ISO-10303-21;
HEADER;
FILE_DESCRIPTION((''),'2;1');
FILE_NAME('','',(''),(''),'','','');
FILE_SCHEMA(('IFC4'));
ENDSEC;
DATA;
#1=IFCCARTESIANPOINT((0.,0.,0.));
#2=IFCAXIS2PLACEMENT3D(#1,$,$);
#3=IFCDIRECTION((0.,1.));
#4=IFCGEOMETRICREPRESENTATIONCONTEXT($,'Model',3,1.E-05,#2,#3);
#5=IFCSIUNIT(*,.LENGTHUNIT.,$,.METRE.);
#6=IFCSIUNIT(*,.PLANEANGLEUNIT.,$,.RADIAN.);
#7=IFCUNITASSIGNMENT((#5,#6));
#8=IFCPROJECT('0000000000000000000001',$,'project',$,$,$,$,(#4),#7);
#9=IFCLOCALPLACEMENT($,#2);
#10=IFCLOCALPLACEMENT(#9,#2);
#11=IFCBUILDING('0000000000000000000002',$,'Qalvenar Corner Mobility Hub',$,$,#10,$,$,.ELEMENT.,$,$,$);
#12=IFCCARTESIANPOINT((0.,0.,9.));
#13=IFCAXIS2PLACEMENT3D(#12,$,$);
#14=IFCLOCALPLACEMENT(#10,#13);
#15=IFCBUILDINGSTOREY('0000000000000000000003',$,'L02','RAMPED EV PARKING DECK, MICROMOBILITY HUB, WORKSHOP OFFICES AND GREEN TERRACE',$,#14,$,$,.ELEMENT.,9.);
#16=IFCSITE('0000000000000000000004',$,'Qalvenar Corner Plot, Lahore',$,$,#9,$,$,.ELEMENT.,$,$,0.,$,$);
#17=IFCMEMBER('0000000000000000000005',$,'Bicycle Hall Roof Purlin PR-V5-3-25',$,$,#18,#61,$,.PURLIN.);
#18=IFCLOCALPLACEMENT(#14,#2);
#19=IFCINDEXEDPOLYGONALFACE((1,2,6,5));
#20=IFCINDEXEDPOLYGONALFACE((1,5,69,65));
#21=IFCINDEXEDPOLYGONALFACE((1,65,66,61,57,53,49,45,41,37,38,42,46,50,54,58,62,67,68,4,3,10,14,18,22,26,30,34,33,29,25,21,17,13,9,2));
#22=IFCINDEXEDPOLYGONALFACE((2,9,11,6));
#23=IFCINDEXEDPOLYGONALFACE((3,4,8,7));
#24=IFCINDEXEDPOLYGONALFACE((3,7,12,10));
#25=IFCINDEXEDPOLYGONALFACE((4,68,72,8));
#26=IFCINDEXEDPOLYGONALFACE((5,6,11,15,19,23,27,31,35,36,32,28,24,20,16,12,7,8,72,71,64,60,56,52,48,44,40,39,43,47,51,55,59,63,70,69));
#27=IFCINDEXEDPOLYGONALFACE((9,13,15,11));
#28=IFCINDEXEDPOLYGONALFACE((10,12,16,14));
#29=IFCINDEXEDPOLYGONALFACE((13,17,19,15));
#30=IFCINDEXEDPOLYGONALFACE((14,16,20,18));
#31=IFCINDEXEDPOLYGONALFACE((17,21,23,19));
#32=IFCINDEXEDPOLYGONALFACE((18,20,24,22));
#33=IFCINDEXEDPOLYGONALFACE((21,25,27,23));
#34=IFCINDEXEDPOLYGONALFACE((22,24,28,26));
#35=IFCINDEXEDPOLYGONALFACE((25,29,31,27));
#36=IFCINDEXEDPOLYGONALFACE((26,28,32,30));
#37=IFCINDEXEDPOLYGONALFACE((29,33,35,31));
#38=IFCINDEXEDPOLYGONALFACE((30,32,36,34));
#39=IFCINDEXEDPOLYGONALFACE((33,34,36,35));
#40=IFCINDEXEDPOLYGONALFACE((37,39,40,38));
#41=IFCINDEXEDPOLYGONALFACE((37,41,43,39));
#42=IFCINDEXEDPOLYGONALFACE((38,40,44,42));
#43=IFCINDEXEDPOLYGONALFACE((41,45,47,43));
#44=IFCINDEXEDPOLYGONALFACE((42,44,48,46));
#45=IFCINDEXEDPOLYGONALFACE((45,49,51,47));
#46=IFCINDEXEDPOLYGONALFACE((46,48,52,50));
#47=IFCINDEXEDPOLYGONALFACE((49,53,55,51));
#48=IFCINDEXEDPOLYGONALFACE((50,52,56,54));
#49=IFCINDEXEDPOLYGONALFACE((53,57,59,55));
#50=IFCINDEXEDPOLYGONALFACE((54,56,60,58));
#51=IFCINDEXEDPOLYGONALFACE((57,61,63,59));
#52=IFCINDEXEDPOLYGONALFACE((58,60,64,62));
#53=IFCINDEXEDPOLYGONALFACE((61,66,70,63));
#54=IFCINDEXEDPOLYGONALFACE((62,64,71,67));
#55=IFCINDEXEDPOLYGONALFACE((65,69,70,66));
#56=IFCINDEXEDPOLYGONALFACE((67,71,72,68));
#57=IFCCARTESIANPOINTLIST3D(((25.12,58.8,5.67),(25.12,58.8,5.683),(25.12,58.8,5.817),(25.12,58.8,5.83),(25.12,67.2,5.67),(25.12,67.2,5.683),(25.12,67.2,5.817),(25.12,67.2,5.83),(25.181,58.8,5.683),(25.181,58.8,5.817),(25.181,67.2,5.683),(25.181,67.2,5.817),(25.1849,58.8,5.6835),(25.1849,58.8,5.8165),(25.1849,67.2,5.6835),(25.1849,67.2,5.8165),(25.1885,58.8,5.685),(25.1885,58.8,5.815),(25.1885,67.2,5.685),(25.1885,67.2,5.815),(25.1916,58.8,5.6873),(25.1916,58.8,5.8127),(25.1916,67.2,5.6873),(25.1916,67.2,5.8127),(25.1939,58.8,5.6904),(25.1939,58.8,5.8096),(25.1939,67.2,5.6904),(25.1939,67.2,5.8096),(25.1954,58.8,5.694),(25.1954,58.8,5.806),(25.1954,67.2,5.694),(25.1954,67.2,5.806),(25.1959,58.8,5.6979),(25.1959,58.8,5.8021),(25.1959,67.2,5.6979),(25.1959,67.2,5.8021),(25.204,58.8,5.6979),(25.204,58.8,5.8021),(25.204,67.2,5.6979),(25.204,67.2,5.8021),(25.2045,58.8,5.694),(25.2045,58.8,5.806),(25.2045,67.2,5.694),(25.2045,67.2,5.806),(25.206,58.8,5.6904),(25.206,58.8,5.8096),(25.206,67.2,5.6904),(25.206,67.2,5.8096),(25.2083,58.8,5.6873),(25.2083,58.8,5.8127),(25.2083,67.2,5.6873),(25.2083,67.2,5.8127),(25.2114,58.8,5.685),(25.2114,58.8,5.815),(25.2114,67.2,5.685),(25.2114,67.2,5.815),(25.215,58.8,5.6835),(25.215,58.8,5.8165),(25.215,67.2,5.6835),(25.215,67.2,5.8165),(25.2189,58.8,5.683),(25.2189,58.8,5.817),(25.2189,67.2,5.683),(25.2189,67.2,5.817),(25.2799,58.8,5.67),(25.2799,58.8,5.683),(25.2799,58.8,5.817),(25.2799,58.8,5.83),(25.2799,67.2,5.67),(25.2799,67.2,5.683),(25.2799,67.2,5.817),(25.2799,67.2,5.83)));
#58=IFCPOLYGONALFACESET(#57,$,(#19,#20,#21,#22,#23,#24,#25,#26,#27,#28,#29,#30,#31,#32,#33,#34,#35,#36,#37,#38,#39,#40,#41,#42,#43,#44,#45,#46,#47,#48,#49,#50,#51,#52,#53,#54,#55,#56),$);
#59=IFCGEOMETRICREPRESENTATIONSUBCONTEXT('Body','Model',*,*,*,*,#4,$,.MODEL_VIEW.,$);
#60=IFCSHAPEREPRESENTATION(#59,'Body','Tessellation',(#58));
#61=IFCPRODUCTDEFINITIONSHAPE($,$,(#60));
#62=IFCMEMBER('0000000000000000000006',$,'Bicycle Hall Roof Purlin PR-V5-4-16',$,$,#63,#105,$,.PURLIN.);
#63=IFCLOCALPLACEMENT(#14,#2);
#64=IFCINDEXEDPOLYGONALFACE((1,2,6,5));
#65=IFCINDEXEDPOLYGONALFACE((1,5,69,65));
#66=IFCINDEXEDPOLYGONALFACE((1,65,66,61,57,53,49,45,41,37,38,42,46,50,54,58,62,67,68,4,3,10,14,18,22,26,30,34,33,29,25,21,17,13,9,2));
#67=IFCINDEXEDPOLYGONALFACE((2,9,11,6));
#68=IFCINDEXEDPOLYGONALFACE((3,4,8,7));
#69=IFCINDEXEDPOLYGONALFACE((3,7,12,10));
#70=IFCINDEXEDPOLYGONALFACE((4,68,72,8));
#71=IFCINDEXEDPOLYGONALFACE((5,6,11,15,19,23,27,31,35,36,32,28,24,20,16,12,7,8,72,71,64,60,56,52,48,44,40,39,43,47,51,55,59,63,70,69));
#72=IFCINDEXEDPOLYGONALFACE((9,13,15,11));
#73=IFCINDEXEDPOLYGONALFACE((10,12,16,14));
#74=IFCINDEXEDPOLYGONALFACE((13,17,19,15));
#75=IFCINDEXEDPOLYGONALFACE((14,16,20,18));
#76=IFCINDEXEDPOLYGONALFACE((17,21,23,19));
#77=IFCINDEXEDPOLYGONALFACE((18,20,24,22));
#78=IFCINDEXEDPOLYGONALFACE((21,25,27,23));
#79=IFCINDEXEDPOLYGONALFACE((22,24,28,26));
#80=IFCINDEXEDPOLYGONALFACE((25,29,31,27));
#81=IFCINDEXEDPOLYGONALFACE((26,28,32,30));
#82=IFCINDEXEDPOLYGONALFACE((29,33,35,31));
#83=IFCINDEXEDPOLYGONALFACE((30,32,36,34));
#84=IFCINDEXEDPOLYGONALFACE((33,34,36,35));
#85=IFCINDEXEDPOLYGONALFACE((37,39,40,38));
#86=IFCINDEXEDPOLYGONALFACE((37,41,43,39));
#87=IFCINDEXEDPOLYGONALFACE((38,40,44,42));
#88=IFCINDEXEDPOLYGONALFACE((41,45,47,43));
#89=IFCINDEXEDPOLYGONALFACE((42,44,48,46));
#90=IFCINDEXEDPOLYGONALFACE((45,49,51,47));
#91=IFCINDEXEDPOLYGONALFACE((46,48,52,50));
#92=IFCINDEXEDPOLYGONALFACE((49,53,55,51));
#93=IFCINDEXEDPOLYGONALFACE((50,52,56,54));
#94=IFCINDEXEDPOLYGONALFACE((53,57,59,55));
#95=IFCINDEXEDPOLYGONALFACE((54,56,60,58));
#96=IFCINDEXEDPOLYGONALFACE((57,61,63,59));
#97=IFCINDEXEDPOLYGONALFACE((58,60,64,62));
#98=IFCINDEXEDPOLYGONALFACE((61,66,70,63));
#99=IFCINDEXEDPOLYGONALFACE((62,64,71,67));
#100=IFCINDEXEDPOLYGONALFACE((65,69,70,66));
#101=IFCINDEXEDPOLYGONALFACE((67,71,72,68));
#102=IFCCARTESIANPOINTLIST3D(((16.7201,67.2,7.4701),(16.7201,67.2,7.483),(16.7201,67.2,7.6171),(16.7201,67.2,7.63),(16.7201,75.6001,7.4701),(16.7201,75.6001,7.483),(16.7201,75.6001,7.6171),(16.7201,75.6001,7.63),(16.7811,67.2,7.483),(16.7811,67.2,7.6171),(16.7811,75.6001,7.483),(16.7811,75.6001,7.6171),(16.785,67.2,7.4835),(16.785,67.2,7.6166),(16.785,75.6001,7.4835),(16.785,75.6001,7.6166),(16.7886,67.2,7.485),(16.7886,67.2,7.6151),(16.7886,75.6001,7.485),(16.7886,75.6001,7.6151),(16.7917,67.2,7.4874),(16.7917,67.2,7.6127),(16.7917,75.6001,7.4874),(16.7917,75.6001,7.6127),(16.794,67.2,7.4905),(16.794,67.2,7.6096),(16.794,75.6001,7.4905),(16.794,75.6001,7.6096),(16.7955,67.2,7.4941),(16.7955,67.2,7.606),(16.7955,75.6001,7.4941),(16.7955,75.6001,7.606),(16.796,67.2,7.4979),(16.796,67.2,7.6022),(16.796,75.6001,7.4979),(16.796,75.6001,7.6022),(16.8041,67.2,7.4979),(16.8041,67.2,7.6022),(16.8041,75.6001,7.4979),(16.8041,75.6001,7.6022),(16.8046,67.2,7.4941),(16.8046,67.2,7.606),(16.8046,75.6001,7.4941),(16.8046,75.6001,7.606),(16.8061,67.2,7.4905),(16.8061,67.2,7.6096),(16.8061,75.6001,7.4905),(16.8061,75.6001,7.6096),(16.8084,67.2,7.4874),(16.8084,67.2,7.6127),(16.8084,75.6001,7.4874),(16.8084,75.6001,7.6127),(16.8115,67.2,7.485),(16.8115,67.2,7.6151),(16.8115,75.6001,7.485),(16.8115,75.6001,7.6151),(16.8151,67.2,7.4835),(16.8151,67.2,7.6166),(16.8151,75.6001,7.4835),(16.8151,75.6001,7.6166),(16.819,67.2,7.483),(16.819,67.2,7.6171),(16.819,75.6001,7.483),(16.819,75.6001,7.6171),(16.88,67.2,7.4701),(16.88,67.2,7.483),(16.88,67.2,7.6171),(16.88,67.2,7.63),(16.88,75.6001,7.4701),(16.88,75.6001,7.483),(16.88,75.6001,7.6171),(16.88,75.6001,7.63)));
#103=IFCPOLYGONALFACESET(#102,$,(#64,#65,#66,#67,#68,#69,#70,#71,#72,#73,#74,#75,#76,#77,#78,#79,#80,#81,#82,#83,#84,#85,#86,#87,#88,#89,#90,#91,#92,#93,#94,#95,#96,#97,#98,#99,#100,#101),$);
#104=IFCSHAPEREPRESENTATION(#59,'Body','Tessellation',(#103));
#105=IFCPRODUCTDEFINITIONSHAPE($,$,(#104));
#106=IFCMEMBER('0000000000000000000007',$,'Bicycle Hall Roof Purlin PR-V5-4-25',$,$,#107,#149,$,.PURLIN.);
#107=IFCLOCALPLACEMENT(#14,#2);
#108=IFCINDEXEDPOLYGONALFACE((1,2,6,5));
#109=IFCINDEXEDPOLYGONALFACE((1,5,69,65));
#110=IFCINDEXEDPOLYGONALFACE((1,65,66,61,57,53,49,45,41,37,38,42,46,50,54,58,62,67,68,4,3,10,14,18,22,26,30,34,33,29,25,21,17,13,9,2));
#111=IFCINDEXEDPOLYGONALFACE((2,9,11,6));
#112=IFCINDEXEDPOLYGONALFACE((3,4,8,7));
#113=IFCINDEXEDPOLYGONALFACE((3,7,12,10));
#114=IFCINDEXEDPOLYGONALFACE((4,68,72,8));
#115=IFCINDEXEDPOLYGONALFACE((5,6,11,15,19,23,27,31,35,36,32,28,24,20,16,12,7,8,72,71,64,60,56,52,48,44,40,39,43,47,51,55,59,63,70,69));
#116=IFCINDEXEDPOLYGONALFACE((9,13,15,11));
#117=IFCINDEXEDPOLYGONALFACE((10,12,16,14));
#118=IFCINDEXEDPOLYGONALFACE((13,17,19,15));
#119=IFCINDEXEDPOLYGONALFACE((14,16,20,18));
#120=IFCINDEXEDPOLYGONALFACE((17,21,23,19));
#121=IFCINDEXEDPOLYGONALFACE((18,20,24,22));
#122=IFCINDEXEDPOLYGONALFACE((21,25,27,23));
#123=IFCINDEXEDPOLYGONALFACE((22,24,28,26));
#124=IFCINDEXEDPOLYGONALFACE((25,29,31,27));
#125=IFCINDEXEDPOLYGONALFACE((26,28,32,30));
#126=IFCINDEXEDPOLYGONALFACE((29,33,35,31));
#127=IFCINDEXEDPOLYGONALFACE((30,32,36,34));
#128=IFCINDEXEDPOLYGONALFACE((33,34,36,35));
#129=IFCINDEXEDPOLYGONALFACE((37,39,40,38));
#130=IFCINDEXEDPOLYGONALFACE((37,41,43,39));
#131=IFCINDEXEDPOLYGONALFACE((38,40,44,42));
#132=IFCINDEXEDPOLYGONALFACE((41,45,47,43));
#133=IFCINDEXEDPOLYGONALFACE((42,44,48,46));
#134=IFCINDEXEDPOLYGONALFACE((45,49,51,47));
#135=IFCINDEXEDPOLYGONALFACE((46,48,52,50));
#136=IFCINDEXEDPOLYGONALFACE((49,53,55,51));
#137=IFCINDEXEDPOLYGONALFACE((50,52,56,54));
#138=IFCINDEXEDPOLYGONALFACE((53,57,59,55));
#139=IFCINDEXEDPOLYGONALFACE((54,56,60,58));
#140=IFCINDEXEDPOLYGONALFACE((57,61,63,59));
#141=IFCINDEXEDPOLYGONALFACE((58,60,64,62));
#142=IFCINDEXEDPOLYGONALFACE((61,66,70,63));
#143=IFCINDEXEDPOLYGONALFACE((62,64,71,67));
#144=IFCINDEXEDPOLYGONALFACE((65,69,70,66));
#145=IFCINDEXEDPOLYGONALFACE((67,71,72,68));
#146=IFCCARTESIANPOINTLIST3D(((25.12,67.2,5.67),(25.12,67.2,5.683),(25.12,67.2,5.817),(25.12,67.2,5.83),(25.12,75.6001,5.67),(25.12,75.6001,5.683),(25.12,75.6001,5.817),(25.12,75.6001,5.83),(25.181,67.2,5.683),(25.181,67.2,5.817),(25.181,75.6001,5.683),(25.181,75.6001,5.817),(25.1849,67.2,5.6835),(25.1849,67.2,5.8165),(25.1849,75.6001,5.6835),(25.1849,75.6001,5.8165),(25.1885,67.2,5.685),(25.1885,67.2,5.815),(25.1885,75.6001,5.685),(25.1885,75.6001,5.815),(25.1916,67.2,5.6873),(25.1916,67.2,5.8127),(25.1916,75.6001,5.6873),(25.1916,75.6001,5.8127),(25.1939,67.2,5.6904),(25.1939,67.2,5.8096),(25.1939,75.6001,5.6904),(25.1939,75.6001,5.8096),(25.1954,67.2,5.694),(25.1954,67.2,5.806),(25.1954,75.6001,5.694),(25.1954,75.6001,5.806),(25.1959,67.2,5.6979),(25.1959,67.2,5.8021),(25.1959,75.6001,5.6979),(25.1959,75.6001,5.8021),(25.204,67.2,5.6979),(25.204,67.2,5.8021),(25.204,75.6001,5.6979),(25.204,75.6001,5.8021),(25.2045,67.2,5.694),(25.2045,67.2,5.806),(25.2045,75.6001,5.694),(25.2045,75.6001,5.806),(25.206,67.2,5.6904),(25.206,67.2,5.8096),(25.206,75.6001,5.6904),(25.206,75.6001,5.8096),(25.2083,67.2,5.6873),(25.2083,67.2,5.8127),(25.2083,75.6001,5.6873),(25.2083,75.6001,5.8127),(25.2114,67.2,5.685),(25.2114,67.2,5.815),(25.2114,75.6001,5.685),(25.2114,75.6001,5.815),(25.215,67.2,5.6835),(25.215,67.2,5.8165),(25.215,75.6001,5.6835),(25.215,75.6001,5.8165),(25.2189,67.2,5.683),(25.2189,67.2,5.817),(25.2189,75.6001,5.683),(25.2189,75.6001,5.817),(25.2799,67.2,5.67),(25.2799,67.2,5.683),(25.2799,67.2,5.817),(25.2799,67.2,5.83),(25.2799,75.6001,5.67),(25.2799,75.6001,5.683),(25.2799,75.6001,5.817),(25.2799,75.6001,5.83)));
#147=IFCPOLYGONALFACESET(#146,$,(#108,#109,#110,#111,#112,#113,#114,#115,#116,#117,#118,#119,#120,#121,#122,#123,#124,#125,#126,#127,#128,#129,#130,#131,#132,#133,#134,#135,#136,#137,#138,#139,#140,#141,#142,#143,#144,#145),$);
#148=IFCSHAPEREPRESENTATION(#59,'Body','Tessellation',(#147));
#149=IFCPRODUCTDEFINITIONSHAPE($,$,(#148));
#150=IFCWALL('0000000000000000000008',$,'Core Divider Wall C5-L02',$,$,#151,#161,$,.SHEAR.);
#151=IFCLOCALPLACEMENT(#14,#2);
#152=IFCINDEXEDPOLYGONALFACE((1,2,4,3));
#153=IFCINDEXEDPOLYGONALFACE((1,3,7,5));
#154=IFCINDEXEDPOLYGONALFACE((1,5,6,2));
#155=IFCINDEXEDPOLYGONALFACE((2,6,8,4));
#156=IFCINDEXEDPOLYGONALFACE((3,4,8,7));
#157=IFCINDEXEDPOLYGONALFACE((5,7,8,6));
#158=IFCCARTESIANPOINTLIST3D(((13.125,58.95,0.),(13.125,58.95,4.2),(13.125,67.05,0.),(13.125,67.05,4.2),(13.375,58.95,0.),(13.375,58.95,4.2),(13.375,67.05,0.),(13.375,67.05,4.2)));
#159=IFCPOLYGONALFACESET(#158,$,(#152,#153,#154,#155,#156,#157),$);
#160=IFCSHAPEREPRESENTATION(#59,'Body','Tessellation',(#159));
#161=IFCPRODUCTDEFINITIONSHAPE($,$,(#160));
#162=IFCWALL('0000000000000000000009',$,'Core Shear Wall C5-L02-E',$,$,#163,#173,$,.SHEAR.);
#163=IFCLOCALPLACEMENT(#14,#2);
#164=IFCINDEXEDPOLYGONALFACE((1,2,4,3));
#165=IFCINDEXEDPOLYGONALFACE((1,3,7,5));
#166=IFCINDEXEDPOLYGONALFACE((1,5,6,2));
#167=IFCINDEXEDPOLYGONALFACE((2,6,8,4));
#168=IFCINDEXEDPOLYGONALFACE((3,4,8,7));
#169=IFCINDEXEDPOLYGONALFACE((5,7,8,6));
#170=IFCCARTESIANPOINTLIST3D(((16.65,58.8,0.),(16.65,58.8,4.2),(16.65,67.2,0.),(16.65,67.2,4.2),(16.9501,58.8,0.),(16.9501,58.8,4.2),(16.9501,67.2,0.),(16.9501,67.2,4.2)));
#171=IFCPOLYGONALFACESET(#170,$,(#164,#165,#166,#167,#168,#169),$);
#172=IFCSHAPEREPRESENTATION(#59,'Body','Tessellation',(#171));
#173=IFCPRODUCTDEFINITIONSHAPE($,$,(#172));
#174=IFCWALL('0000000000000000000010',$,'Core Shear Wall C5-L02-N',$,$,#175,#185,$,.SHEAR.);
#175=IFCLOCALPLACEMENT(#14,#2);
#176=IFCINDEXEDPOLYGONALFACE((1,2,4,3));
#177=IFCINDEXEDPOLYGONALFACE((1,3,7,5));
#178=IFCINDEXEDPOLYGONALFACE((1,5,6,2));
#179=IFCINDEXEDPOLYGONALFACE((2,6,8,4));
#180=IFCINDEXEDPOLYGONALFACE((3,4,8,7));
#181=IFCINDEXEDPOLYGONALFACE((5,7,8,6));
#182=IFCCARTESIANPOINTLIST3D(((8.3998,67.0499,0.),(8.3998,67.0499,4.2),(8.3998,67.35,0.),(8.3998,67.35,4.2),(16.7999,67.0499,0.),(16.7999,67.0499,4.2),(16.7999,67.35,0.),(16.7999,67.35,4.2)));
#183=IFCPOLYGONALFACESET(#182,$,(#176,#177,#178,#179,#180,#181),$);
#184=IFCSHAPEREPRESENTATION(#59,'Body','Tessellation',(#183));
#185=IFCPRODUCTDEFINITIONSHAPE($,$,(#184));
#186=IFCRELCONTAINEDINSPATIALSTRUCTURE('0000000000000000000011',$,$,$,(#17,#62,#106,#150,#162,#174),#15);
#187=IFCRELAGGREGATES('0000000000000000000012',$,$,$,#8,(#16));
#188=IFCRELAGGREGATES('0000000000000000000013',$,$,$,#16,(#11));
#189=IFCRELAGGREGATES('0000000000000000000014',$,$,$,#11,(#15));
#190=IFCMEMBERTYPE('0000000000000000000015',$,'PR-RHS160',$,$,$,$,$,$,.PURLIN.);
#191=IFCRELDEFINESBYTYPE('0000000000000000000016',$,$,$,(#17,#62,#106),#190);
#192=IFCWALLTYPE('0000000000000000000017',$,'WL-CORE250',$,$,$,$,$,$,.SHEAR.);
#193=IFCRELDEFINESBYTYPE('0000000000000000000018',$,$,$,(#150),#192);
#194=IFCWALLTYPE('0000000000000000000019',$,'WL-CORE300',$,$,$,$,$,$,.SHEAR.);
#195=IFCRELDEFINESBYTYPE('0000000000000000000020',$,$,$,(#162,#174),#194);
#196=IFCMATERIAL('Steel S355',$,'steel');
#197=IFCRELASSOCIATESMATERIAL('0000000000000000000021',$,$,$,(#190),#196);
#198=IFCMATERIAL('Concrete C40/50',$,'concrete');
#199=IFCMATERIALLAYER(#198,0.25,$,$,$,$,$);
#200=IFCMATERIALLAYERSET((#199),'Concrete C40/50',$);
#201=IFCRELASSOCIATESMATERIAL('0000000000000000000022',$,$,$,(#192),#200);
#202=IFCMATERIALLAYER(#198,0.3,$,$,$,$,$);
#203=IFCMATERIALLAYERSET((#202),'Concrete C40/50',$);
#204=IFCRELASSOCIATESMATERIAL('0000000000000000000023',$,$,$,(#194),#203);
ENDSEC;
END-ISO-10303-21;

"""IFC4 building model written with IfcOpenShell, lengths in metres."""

from ifc_helpers import new_model, si_unit, direction, frame, frame_2d, origin, origin_2d, place, context, subcontext, project, spatial, rectangle, i_section, extrude, material, layer, layer_set, material_profile, profile_set, type_object, element, save


model = new_model("IFC4")

# Units and contexts
model_context = context("Model", 3, precision=1e-05, world=origin(), true_north=direction((0.0, 1.0)))
body_context = subcontext(model_context, "Body", "Model", "MODEL_VIEW")
ifc_project = project(units=[si_unit("LENGTHUNIT", "METRE"), si_unit("PLANEANGLEUNIT", "RADIAN")], contexts=[model_context])

# Site, building, storey
site_placement = place(None, origin())
site = spatial("IfcSite", under=ifc_project, at=site_placement, Name="Qalvenar Corner Plot, Lahore", CompositionType="ELEMENT", RefElevation=0.0)
building_placement = place(site_placement, origin())
building = spatial("IfcBuilding", under=site, at=building_placement, Name="Qalvenar Corner Mobility Hub", CompositionType="ELEMENT")
storey_placement = place(building_placement, frame((0.0, 0.0, 9.0)))
storey = spatial("IfcBuildingStorey", under=building, at=storey_placement, Name="L02", Description="RAMPED EV PARKING DECK, MICROMOBILITY HUB, WORKSHOP OFFICES AND GREEN TERRACE", CompositionType="ELEMENT", Elevation=9.0)

# Shared definitions
ifc_material_1 = material(Name="Steel S355", Category="steel")

# Members
ifc_material_profile_1 = material_profile(ifc_material_1, i_section(OverallWidth=0.1599, OverallDepth=0.1599, WebThickness=0.0081, FlangeThickness=0.0129, FilletRadius=0.0149, at=origin_2d()), Name="HEB160")
ifc_profile_set_1 = profile_set([ifc_material_profile_1], Name="Steel S355")
member_type_1 = type_object("IfcMemberType", Name="PR-RHS160", PredefinedType="PURLIN", material=ifc_profile_set_1)
for number, where, z_axis, x_axis, name in (
    (1, (25.2, 58.8, 5.75), (0.0, 1.0, 0.0), (-1.0, 0.0, 0.0), "Bicycle Hall Roof Purlin PR-V5-3-25"),
):
    element("IfcMember", number, at=place(storey_placement, frame(where, z_axis=z_axis, x_axis=x_axis)), inside=storey, type_object=member_type_1, Name=name, PredefinedType="PURLIN", context=body_context, shape_type="SweptSolid", body=[
        extrude(i_section(OverallWidth=0.1599, OverallDepth=0.1599, WebThickness=0.0081, FlangeThickness=0.0129, FilletRadius=0.0149, at=origin_2d()), origin(), (0.0, 0.0, 1.0), 8.3999),
    ])
for number, where, z_axis, x_axis, name in (
    (2, (16.8, 67.2, 7.55), (0.0, 1.0, 0.0), (-1.0, 0.0, 0.0), "Bicycle Hall Roof Purlin PR-V5-4-16"),
    (3, (25.2, 67.2, 5.75), (0.0, 1.0, 0.0), (-1.0, 0.0, 0.0), "Bicycle Hall Roof Purlin PR-V5-4-25"),
):
    element("IfcMember", number, at=place(storey_placement, frame(where, z_axis=z_axis, x_axis=x_axis)), inside=storey, type_object=member_type_1, Name=name, PredefinedType="PURLIN", context=body_context, shape_type="SweptSolid", body=[
        extrude(i_section(OverallWidth=0.1599, OverallDepth=0.1599, WebThickness=0.0081, FlangeThickness=0.0129, FilletRadius=0.0149, at=origin_2d()), origin(), (0.0, 0.0, 1.0), 8.4001),
    ])

# Walls
ifc_material_2 = material(Name="Concrete C40/50", Category="concrete")
ifc_layer_1 = layer(ifc_material_2, 0.25)
ifc_layer_set_1 = layer_set([ifc_layer_1], Name="Concrete C40/50")
wall_type_1 = type_object("IfcWallType", Name="WL-CORE250", PredefinedType="SHEAR", material=ifc_layer_set_1)
wall_1_placement = place(storey_placement, frame((13.25, 58.95, 0.0), z_axis=(0.0, 0.0, 1.0), x_axis=(0.0, 1.0, 0.0)))
element("IfcWall", 4, at=wall_1_placement, inside=storey, type_object=wall_type_1, Name="Core Divider Wall C5-L02", PredefinedType="SHEAR", context=body_context, shape_type="SweptSolid", body=[
    extrude(rectangle(XDim=8.1001, YDim=0.25, at=frame_2d((4.05, 0.0))), origin(), (0.0, 0.0, 1.0), 4.2),
])
ifc_layer_2 = layer(ifc_material_2, 0.3)
ifc_layer_set_2 = layer_set([ifc_layer_2], Name="Concrete C40/50")
wall_type_2 = type_object("IfcWallType", Name="WL-CORE300", PredefinedType="SHEAR", material=ifc_layer_set_2)
wall_2_placement = place(storey_placement, frame((16.8, 58.8, 0.0), z_axis=(0.0, 0.0, 1.0), x_axis=(0.0, 1.0, 0.0)))
element("IfcWall", 5, at=wall_2_placement, inside=storey, type_object=wall_type_2, Name="Core Shear Wall C5-L02-E", PredefinedType="SHEAR", context=body_context, shape_type="SweptSolid", body=[
    extrude(rectangle(XDim=8.3999, YDim=0.3, at=frame_2d((4.2, 0.0))), origin(), (0.0, 0.0, 1.0), 4.2),
])
wall_3_placement = place(storey_placement, frame((16.8, 67.2, 0.0), z_axis=(0.0, 0.0, 1.0), x_axis=(-1.0, 0.0, 0.0)))
element("IfcWall", 6, at=wall_3_placement, inside=storey, type_object=wall_type_2, Name="Core Shear Wall C5-L02-N", PredefinedType="SHEAR", context=body_context, shape_type="SweptSolid", body=[
    extrude(rectangle(XDim=8.4001, YDim=0.3, at=frame_2d((4.2002, 0.0))), origin(), (0.0, 0.0, 1.0), 4.2),
])

save(model, "model.ifc")
